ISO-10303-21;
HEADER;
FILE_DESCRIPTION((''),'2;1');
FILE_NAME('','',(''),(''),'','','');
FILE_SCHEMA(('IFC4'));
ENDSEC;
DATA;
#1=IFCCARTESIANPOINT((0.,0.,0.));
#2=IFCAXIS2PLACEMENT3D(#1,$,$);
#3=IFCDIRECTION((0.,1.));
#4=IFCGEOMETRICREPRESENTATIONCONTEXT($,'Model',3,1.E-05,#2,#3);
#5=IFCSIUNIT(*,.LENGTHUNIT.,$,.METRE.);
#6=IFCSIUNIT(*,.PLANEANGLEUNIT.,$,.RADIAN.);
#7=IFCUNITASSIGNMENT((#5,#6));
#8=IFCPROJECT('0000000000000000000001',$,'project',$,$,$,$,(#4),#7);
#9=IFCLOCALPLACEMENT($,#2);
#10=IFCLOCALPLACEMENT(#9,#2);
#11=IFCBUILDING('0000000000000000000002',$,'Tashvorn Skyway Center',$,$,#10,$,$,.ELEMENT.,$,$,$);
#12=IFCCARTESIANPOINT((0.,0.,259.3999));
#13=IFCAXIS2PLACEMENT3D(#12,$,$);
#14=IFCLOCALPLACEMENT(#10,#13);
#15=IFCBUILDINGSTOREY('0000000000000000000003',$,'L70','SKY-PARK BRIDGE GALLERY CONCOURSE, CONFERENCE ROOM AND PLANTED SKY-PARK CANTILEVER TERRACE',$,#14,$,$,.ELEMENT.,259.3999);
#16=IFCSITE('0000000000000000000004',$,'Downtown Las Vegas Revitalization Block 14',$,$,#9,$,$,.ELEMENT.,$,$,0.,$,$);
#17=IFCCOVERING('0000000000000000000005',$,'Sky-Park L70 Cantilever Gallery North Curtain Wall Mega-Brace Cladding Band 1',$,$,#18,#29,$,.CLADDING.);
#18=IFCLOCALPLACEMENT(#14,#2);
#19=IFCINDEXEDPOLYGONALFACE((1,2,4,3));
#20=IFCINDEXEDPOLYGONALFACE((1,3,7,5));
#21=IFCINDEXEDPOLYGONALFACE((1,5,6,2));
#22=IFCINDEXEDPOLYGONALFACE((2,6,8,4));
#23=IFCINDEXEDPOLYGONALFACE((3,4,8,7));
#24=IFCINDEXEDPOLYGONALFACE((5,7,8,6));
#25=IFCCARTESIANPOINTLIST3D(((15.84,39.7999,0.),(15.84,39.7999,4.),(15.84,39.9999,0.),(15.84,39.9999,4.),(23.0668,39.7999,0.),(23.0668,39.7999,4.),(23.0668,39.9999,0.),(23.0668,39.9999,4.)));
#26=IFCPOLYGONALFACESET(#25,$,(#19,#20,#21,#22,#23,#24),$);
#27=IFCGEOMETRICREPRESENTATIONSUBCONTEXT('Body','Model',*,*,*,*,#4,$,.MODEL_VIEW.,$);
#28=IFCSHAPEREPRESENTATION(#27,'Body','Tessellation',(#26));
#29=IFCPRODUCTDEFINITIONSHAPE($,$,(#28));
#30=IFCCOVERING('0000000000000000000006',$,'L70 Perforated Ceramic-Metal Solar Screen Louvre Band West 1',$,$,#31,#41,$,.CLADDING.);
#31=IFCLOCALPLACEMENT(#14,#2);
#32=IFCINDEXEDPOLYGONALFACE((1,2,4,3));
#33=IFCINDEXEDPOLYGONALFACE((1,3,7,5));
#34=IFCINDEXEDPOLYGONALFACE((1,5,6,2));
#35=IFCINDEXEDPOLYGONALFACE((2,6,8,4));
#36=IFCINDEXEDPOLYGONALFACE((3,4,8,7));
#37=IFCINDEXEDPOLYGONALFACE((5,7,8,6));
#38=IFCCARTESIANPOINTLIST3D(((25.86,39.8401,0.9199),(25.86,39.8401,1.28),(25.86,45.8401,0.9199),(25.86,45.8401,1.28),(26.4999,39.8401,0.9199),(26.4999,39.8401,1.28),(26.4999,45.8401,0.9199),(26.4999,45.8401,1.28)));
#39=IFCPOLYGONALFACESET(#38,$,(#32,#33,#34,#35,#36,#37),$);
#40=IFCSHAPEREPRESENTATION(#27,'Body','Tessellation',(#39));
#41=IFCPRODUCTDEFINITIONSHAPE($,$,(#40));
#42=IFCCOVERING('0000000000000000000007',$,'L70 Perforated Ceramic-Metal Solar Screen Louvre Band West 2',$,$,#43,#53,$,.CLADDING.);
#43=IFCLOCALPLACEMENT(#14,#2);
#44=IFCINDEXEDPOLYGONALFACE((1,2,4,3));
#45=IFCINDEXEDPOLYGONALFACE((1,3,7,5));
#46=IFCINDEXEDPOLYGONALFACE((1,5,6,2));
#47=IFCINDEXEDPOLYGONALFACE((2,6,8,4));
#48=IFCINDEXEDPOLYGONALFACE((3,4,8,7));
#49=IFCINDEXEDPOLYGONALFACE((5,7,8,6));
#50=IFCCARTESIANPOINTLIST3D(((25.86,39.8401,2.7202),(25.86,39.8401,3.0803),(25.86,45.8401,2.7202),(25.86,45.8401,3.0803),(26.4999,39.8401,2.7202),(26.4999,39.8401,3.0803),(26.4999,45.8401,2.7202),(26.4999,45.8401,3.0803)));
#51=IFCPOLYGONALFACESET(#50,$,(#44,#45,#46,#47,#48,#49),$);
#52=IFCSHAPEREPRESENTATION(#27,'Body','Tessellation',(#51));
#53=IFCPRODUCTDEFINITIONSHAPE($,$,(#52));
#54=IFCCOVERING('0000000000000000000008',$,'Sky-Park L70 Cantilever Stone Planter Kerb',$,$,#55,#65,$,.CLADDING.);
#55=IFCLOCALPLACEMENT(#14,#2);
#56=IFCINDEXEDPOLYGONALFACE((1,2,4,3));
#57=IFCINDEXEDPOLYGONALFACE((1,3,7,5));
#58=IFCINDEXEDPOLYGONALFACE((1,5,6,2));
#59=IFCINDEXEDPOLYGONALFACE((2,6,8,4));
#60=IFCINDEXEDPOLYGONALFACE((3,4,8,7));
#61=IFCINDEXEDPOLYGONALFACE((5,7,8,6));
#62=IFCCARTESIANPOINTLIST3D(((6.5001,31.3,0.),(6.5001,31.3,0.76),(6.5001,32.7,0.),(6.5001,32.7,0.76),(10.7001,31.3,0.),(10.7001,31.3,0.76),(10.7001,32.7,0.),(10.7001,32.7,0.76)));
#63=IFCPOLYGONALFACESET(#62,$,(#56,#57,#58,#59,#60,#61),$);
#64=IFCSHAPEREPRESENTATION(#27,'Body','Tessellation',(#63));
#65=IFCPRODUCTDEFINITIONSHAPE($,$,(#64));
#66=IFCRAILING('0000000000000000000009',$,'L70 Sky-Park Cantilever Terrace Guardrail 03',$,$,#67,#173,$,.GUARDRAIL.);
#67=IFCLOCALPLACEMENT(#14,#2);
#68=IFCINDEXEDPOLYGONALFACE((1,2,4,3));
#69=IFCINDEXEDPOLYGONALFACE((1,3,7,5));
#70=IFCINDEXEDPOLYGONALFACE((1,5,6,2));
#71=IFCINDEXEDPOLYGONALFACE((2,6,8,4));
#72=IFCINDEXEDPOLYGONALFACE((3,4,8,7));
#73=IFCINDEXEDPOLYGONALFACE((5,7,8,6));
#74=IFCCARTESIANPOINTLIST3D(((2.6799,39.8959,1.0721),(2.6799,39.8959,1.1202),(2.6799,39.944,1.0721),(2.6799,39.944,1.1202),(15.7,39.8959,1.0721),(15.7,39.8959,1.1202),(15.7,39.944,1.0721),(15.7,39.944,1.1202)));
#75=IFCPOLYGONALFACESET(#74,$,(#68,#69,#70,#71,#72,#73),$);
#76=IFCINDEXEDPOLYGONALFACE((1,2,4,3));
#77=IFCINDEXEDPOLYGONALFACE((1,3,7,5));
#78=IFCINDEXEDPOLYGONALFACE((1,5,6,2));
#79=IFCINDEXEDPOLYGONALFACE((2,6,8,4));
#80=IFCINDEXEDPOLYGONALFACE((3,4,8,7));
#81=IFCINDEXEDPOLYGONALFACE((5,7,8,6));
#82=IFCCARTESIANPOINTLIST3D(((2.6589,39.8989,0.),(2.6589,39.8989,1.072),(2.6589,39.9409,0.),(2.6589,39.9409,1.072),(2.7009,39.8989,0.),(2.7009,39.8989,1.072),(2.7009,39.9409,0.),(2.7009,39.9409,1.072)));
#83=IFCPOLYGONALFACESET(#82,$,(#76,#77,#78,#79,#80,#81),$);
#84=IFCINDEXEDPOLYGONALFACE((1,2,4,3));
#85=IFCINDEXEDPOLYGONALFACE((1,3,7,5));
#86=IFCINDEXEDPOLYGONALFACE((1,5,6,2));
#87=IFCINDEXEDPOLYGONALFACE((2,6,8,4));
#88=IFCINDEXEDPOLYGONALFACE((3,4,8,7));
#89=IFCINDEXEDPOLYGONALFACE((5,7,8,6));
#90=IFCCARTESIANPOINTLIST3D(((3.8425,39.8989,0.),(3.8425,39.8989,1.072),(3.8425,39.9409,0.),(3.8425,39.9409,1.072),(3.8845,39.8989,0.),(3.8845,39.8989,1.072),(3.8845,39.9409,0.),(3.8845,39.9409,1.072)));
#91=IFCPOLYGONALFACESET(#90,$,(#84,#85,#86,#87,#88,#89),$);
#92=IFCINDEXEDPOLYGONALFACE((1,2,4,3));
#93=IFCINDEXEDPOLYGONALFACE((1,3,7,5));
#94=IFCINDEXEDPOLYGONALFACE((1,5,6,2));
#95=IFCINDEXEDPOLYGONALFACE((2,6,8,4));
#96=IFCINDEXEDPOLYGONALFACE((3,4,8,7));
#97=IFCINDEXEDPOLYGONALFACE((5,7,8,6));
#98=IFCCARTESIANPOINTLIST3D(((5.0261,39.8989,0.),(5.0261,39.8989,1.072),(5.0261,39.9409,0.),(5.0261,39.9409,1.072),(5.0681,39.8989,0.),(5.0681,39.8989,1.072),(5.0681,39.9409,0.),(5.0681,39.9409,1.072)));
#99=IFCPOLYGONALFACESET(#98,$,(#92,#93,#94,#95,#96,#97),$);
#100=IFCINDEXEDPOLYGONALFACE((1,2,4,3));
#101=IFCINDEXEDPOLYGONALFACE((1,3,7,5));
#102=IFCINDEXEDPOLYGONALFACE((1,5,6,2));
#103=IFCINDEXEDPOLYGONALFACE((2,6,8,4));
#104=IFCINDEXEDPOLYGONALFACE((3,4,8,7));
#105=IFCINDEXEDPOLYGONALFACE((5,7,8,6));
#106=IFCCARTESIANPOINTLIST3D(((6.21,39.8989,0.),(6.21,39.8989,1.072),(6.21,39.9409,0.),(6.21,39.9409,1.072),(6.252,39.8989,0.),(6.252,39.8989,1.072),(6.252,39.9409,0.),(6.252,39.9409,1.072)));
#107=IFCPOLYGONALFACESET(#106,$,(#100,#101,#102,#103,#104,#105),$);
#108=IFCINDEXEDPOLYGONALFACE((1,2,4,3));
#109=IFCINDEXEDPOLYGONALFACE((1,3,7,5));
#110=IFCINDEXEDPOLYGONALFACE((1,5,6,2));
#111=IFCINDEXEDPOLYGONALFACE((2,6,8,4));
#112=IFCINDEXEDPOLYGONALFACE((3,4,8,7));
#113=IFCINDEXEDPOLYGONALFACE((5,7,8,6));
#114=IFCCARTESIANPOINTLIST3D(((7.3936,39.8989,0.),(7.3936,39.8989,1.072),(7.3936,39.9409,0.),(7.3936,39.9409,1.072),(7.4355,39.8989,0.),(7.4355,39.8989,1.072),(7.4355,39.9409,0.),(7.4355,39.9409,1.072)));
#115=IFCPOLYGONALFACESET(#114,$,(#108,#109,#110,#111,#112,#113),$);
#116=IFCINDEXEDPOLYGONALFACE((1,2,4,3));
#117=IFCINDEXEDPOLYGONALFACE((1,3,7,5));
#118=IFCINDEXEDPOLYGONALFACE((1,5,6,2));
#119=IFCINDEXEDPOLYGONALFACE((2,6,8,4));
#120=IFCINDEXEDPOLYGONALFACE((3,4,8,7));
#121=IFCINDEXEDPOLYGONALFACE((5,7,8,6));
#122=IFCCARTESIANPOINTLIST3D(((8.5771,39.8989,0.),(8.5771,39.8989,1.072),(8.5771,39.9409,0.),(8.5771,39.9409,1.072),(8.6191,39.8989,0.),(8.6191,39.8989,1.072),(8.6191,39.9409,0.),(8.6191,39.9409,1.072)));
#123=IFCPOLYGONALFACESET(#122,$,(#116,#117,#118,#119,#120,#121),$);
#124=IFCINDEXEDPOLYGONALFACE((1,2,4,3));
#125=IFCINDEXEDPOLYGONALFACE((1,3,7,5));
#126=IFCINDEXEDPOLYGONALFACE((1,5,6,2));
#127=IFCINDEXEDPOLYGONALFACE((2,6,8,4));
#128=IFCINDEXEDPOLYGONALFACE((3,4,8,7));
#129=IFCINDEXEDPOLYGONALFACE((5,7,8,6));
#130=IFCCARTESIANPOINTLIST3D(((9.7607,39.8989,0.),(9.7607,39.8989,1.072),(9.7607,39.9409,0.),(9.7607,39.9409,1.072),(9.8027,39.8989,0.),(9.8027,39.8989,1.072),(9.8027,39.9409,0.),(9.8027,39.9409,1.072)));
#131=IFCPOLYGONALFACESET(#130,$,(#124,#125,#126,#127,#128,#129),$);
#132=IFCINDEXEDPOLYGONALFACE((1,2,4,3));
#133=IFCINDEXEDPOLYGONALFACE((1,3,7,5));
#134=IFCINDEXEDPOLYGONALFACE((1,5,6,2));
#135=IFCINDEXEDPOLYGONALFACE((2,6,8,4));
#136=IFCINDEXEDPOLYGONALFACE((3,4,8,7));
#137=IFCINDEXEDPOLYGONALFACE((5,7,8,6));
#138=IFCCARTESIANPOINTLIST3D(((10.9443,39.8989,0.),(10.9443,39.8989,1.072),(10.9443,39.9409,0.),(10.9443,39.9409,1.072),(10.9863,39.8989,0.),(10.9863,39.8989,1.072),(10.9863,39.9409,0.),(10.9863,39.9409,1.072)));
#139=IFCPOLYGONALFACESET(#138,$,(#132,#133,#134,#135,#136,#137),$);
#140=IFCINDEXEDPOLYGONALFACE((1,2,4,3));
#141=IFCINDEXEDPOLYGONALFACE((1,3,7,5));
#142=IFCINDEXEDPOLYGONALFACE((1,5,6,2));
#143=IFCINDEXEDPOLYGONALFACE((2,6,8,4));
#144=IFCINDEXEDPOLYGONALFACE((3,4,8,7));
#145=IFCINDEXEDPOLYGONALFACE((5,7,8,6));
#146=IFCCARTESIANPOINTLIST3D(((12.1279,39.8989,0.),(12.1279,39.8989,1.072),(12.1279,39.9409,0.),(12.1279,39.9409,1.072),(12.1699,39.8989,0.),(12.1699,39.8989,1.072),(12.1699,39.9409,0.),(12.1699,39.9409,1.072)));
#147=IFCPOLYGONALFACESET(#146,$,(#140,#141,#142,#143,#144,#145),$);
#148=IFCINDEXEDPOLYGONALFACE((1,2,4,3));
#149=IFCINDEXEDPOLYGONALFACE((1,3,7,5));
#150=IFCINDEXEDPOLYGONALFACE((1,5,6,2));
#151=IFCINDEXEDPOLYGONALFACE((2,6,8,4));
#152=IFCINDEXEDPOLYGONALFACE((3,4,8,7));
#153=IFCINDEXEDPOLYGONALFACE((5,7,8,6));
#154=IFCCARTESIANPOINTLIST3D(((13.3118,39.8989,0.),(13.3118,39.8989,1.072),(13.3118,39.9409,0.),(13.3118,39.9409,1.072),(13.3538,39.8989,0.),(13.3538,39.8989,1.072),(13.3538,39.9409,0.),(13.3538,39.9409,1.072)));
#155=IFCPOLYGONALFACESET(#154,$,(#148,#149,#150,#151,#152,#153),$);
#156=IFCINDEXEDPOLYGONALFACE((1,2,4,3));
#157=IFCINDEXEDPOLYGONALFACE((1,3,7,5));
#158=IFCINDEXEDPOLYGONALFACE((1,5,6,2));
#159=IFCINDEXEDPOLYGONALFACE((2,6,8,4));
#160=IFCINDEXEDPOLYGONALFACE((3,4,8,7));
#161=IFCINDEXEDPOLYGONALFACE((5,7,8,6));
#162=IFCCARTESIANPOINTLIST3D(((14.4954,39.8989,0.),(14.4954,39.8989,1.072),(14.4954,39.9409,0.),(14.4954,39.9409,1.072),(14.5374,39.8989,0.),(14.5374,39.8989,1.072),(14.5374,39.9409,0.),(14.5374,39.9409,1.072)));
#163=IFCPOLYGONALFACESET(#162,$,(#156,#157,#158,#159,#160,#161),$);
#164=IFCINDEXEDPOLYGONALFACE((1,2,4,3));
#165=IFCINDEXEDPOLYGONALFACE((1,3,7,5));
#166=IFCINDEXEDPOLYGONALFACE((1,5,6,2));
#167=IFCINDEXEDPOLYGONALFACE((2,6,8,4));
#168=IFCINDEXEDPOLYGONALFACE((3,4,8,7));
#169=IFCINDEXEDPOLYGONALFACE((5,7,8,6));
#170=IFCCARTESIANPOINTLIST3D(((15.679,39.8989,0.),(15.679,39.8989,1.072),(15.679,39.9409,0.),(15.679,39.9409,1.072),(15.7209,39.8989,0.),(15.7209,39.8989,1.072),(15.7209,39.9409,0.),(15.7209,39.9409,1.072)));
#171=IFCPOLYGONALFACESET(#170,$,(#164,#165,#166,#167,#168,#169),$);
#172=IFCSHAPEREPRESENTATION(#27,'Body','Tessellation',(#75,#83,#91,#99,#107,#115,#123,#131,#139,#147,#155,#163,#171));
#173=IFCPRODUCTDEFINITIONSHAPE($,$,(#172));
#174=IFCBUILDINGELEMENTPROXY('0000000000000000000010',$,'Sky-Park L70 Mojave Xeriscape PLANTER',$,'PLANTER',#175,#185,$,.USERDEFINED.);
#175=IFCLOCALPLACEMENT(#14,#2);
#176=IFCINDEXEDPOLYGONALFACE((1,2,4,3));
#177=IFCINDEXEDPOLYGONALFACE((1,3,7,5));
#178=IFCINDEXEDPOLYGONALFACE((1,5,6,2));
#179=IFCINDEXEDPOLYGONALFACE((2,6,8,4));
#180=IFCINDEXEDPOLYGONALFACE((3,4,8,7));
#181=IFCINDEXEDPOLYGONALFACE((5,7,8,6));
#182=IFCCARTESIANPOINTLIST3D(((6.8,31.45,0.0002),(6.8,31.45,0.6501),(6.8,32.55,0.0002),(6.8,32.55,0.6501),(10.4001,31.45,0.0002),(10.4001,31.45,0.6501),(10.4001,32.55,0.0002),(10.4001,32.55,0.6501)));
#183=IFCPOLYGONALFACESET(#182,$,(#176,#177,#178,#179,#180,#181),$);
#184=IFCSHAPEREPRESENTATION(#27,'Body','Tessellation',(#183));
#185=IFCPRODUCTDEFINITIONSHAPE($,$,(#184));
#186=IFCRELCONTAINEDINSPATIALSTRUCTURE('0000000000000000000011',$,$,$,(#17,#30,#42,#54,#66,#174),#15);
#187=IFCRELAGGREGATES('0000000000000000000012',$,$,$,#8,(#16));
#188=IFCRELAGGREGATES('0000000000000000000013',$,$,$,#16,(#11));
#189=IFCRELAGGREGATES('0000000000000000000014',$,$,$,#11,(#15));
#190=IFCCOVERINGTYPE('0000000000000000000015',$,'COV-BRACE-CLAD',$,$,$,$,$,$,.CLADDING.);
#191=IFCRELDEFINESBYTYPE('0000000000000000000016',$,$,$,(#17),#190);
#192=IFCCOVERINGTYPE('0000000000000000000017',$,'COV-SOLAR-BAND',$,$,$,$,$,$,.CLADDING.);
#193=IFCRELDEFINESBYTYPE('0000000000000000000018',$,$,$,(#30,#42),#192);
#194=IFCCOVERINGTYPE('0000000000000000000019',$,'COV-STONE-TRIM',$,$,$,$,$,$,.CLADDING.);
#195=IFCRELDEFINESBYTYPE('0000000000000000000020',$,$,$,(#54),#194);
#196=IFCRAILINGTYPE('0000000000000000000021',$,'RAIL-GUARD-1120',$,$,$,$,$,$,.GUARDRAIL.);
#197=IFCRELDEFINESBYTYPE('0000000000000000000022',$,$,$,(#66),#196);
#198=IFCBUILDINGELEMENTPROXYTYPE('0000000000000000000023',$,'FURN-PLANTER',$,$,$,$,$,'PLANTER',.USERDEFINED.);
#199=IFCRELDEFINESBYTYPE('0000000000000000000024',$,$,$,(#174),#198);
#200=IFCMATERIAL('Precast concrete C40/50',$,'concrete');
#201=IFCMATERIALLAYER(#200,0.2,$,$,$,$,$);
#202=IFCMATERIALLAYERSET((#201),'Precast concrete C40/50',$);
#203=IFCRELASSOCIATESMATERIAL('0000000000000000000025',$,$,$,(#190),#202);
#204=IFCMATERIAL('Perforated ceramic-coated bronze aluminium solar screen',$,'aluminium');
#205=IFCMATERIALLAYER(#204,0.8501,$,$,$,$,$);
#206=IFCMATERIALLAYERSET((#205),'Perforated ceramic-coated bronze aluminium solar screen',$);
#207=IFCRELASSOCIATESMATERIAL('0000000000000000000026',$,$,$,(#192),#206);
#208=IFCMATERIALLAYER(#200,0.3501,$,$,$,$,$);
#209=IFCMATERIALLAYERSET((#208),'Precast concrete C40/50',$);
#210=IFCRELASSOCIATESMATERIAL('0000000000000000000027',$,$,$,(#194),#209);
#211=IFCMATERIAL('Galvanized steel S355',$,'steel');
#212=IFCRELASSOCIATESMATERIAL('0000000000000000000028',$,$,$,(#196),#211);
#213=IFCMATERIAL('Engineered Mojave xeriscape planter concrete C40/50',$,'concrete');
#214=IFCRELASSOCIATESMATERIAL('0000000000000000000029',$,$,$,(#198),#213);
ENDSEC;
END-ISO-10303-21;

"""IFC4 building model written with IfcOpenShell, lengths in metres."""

from ifc_helpers import new_model, si_unit, direction, frame, origin, origin_2d, place, context, subcontext, project, spatial, rectangle, extrude, material, layer, layer_set, type_object, element, save


model = new_model("IFC4")

# Units and contexts
model_context = context("Model", 3, precision=1e-05, world=origin(), true_north=direction((0.0, 1.0)))
body_context = subcontext(model_context, "Body", "Model", "MODEL_VIEW")
ifc_project = project(units=[si_unit("LENGTHUNIT", "METRE"), si_unit("PLANEANGLEUNIT", "RADIAN")], contexts=[model_context])

# Site, building, storey
site_placement = place(None, origin())
site = spatial("IfcSite", under=ifc_project, at=site_placement, Name="Downtown Las Vegas Revitalization Block 14", CompositionType="ELEMENT", RefElevation=0.0)
building_placement = place(site_placement, origin())
building = spatial("IfcBuilding", under=site, at=building_placement, Name="Tashvorn Skyway Center", CompositionType="ELEMENT")
storey_placement = place(building_placement, frame((0.0, 0.0, 259.3999)))
storey = spatial("IfcBuildingStorey", under=building, at=storey_placement, Name="L70", Description="SKY-PARK BRIDGE GALLERY CONCOURSE, CONFERENCE ROOM AND PLANTED SKY-PARK CANTILEVER TERRACE", CompositionType="ELEMENT", Elevation=259.3999)

# Shared definitions
ifc_material_1 = material(Name="Precast concrete C40/50", Category="concrete")

# Coverings
ifc_layer_1 = layer(ifc_material_1, 0.2)
ifc_layer_set_1 = layer_set([ifc_layer_1], Name="Precast concrete C40/50")
covering_type_1 = type_object("IfcCoveringType", Name="COV-BRACE-CLAD", PredefinedType="CLADDING", material=ifc_layer_set_1)
covering_1_placement = place(storey_placement, frame((19.4534, 39.8999, 0.0), z_axis=(0.0, 0.0, 1.0), x_axis=(1.0, 0.0, 0.0)))
element("IfcCovering", 1, at=covering_1_placement, inside=storey, type_object=covering_type_1, Name="Sky-Park L70 Cantilever Gallery North Curtain Wall Mega-Brace Cladding Band 1", PredefinedType="CLADDING", context=body_context, shape_type="SweptSolid", body=[
    extrude(rectangle(XDim=7.2268, YDim=0.2, at=origin_2d()), origin(), (0.0, 0.0, 1.0), 4.0),
])
ifc_material_2 = material(Name="Perforated ceramic-coated bronze aluminium solar screen", Category="aluminium")
ifc_layer_2 = layer(ifc_material_2, 0.8501)
ifc_layer_set_2 = layer_set([ifc_layer_2], Name="Perforated ceramic-coated bronze aluminium solar screen")
covering_type_2 = type_object("IfcCoveringType", Name="COV-SOLAR-BAND", PredefinedType="CLADDING", material=ifc_layer_set_2)
for number, where, z_axis, x_axis, name in (
    (2, (26.1799, 42.8401, 0.9199), (0.0, 0.0, 1.0), (0.0, 1.0, 0.0), "L70 Perforated Ceramic-Metal Solar Screen Louvre Band West 1"),
    (3, (26.1799, 42.8401, 2.7202), (0.0, 0.0, 1.0), (0.0, 1.0, 0.0), "L70 Perforated Ceramic-Metal Solar Screen Louvre Band West 2"),
):
    element("IfcCovering", number, at=place(storey_placement, frame(where, z_axis=z_axis, x_axis=x_axis)), inside=storey, type_object=covering_type_2, Name=name, PredefinedType="CLADDING", context=body_context, shape_type="SweptSolid", body=[
        extrude(rectangle(XDim=6.0, YDim=0.6399, at=origin_2d()), origin(), (0.0, 0.0, 1.0), 0.3601),
    ])
ifc_layer_3 = layer(ifc_material_1, 0.3501)
ifc_layer_set_3 = layer_set([ifc_layer_3], Name="Precast concrete C40/50")
covering_type_3 = type_object("IfcCoveringType", Name="COV-STONE-TRIM", PredefinedType="CLADDING", material=ifc_layer_set_3)
covering_2_placement = place(storey_placement, frame((8.6001, 32.0, 0.0), z_axis=(0.0, 0.0, 1.0), x_axis=(1.0, 0.0, 0.0)))
element("IfcCovering", 4, at=covering_2_placement, inside=storey, type_object=covering_type_3, Name="Sky-Park L70 Cantilever Stone Planter Kerb", PredefinedType="CLADDING", context=body_context, shape_type="SweptSolid", body=[
    extrude(rectangle(XDim=4.2, YDim=1.3999, at=origin_2d()), origin(), (0.0, 0.0, 1.0), 0.76),
])

# Railing
ifc_material_3 = material(Name="Galvanized steel S355", Category="steel")
railing_type = type_object("IfcRailingType", Name="RAIL-GUARD-1120", PredefinedType="GUARDRAIL", material=ifc_material_3)
railing_placement = place(storey_placement, frame((2.6799, 39.9199, 0.0)))
element("IfcRailing", 5, at=railing_placement, inside=storey, type_object=railing_type, Name="L70 Sky-Park Cantilever Terrace Guardrail 03", PredefinedType="GUARDRAIL", context=body_context, shape_type="SweptSolid", body=[
    extrude(rectangle(XDim=0.0481, YDim=0.0481, at=origin_2d()), frame((0.0, 0.0, 1.0962), z_axis=(1.0, 0.0, 0.0), x_axis=(0.0, 1.0, 0.0)), (0.0, 0.0, 1.0), 13.02),
    extrude(rectangle(XDim=0.042, YDim=0.042, at=origin_2d()), origin(), (0.0, 0.0, 1.0), 1.072),
    extrude(rectangle(XDim=0.042, YDim=0.042, at=origin_2d()), frame((1.1836, 0.0, 0.0)), (0.0, 0.0, 1.0), 1.072),
    extrude(rectangle(XDim=0.042, YDim=0.042, at=origin_2d()), frame((2.3672, 0.0, 0.0)), (0.0, 0.0, 1.0), 1.072),
    extrude(rectangle(XDim=0.042, YDim=0.042, at=origin_2d()), frame((3.551, 0.0, 0.0)), (0.0, 0.0, 1.0), 1.072),
    extrude(rectangle(XDim=0.042, YDim=0.042, at=origin_2d()), frame((4.7346, 0.0, 0.0)), (0.0, 0.0, 1.0), 1.072),
    extrude(rectangle(XDim=0.042, YDim=0.042, at=origin_2d()), frame((5.9182, 0.0, 0.0)), (0.0, 0.0, 1.0), 1.072),
    extrude(rectangle(XDim=0.042, YDim=0.042, at=origin_2d()), frame((7.1018, 0.0, 0.0)), (0.0, 0.0, 1.0), 1.072),
    extrude(rectangle(XDim=0.042, YDim=0.042, at=origin_2d()), frame((8.2854, 0.0, 0.0)), (0.0, 0.0, 1.0), 1.072),
    extrude(rectangle(XDim=0.042, YDim=0.042, at=origin_2d()), frame((9.469, 0.0, 0.0)), (0.0, 0.0, 1.0), 1.072),
    extrude(rectangle(XDim=0.042, YDim=0.042, at=origin_2d()), frame((10.6528, 0.0, 0.0)), (0.0, 0.0, 1.0), 1.072),
    extrude(rectangle(XDim=0.042, YDim=0.042, at=origin_2d()), frame((11.8364, 0.0, 0.0)), (0.0, 0.0, 1.0), 1.072),
    extrude(rectangle(XDim=0.042, YDim=0.042, at=origin_2d()), frame((13.02, 0.0, 0.0)), (0.0, 0.0, 1.0), 1.072),
])

# Building element proxy
ifc_material_4 = material(Name="Engineered Mojave xeriscape planter concrete C40/50", Category="concrete")
building_element_proxy_type = type_object("IfcBuildingElementProxyType", Name="FURN-PLANTER", ElementType="PLANTER", PredefinedType="USERDEFINED", material=ifc_material_4)
proxy_placement = place(storey_placement, frame((8.6001, 32.0, 0.0002), z_axis=(0.0, 0.0, 1.0), x_axis=(1.0, 0.0, 0.0)))
element("IfcBuildingElementProxy", 6, at=proxy_placement, inside=storey, type_object=building_element_proxy_type, Name="Sky-Park L70 Mojave Xeriscape PLANTER", ObjectType="PLANTER", PredefinedType="USERDEFINED", context=body_context, shape_type="SweptSolid", body=[
    extrude(rectangle(XDim=3.6001, YDim=1.1001, at=origin_2d()), origin(), (0.0, 0.0, 1.0), 0.6499),
])

save(model, "model.ifc")
